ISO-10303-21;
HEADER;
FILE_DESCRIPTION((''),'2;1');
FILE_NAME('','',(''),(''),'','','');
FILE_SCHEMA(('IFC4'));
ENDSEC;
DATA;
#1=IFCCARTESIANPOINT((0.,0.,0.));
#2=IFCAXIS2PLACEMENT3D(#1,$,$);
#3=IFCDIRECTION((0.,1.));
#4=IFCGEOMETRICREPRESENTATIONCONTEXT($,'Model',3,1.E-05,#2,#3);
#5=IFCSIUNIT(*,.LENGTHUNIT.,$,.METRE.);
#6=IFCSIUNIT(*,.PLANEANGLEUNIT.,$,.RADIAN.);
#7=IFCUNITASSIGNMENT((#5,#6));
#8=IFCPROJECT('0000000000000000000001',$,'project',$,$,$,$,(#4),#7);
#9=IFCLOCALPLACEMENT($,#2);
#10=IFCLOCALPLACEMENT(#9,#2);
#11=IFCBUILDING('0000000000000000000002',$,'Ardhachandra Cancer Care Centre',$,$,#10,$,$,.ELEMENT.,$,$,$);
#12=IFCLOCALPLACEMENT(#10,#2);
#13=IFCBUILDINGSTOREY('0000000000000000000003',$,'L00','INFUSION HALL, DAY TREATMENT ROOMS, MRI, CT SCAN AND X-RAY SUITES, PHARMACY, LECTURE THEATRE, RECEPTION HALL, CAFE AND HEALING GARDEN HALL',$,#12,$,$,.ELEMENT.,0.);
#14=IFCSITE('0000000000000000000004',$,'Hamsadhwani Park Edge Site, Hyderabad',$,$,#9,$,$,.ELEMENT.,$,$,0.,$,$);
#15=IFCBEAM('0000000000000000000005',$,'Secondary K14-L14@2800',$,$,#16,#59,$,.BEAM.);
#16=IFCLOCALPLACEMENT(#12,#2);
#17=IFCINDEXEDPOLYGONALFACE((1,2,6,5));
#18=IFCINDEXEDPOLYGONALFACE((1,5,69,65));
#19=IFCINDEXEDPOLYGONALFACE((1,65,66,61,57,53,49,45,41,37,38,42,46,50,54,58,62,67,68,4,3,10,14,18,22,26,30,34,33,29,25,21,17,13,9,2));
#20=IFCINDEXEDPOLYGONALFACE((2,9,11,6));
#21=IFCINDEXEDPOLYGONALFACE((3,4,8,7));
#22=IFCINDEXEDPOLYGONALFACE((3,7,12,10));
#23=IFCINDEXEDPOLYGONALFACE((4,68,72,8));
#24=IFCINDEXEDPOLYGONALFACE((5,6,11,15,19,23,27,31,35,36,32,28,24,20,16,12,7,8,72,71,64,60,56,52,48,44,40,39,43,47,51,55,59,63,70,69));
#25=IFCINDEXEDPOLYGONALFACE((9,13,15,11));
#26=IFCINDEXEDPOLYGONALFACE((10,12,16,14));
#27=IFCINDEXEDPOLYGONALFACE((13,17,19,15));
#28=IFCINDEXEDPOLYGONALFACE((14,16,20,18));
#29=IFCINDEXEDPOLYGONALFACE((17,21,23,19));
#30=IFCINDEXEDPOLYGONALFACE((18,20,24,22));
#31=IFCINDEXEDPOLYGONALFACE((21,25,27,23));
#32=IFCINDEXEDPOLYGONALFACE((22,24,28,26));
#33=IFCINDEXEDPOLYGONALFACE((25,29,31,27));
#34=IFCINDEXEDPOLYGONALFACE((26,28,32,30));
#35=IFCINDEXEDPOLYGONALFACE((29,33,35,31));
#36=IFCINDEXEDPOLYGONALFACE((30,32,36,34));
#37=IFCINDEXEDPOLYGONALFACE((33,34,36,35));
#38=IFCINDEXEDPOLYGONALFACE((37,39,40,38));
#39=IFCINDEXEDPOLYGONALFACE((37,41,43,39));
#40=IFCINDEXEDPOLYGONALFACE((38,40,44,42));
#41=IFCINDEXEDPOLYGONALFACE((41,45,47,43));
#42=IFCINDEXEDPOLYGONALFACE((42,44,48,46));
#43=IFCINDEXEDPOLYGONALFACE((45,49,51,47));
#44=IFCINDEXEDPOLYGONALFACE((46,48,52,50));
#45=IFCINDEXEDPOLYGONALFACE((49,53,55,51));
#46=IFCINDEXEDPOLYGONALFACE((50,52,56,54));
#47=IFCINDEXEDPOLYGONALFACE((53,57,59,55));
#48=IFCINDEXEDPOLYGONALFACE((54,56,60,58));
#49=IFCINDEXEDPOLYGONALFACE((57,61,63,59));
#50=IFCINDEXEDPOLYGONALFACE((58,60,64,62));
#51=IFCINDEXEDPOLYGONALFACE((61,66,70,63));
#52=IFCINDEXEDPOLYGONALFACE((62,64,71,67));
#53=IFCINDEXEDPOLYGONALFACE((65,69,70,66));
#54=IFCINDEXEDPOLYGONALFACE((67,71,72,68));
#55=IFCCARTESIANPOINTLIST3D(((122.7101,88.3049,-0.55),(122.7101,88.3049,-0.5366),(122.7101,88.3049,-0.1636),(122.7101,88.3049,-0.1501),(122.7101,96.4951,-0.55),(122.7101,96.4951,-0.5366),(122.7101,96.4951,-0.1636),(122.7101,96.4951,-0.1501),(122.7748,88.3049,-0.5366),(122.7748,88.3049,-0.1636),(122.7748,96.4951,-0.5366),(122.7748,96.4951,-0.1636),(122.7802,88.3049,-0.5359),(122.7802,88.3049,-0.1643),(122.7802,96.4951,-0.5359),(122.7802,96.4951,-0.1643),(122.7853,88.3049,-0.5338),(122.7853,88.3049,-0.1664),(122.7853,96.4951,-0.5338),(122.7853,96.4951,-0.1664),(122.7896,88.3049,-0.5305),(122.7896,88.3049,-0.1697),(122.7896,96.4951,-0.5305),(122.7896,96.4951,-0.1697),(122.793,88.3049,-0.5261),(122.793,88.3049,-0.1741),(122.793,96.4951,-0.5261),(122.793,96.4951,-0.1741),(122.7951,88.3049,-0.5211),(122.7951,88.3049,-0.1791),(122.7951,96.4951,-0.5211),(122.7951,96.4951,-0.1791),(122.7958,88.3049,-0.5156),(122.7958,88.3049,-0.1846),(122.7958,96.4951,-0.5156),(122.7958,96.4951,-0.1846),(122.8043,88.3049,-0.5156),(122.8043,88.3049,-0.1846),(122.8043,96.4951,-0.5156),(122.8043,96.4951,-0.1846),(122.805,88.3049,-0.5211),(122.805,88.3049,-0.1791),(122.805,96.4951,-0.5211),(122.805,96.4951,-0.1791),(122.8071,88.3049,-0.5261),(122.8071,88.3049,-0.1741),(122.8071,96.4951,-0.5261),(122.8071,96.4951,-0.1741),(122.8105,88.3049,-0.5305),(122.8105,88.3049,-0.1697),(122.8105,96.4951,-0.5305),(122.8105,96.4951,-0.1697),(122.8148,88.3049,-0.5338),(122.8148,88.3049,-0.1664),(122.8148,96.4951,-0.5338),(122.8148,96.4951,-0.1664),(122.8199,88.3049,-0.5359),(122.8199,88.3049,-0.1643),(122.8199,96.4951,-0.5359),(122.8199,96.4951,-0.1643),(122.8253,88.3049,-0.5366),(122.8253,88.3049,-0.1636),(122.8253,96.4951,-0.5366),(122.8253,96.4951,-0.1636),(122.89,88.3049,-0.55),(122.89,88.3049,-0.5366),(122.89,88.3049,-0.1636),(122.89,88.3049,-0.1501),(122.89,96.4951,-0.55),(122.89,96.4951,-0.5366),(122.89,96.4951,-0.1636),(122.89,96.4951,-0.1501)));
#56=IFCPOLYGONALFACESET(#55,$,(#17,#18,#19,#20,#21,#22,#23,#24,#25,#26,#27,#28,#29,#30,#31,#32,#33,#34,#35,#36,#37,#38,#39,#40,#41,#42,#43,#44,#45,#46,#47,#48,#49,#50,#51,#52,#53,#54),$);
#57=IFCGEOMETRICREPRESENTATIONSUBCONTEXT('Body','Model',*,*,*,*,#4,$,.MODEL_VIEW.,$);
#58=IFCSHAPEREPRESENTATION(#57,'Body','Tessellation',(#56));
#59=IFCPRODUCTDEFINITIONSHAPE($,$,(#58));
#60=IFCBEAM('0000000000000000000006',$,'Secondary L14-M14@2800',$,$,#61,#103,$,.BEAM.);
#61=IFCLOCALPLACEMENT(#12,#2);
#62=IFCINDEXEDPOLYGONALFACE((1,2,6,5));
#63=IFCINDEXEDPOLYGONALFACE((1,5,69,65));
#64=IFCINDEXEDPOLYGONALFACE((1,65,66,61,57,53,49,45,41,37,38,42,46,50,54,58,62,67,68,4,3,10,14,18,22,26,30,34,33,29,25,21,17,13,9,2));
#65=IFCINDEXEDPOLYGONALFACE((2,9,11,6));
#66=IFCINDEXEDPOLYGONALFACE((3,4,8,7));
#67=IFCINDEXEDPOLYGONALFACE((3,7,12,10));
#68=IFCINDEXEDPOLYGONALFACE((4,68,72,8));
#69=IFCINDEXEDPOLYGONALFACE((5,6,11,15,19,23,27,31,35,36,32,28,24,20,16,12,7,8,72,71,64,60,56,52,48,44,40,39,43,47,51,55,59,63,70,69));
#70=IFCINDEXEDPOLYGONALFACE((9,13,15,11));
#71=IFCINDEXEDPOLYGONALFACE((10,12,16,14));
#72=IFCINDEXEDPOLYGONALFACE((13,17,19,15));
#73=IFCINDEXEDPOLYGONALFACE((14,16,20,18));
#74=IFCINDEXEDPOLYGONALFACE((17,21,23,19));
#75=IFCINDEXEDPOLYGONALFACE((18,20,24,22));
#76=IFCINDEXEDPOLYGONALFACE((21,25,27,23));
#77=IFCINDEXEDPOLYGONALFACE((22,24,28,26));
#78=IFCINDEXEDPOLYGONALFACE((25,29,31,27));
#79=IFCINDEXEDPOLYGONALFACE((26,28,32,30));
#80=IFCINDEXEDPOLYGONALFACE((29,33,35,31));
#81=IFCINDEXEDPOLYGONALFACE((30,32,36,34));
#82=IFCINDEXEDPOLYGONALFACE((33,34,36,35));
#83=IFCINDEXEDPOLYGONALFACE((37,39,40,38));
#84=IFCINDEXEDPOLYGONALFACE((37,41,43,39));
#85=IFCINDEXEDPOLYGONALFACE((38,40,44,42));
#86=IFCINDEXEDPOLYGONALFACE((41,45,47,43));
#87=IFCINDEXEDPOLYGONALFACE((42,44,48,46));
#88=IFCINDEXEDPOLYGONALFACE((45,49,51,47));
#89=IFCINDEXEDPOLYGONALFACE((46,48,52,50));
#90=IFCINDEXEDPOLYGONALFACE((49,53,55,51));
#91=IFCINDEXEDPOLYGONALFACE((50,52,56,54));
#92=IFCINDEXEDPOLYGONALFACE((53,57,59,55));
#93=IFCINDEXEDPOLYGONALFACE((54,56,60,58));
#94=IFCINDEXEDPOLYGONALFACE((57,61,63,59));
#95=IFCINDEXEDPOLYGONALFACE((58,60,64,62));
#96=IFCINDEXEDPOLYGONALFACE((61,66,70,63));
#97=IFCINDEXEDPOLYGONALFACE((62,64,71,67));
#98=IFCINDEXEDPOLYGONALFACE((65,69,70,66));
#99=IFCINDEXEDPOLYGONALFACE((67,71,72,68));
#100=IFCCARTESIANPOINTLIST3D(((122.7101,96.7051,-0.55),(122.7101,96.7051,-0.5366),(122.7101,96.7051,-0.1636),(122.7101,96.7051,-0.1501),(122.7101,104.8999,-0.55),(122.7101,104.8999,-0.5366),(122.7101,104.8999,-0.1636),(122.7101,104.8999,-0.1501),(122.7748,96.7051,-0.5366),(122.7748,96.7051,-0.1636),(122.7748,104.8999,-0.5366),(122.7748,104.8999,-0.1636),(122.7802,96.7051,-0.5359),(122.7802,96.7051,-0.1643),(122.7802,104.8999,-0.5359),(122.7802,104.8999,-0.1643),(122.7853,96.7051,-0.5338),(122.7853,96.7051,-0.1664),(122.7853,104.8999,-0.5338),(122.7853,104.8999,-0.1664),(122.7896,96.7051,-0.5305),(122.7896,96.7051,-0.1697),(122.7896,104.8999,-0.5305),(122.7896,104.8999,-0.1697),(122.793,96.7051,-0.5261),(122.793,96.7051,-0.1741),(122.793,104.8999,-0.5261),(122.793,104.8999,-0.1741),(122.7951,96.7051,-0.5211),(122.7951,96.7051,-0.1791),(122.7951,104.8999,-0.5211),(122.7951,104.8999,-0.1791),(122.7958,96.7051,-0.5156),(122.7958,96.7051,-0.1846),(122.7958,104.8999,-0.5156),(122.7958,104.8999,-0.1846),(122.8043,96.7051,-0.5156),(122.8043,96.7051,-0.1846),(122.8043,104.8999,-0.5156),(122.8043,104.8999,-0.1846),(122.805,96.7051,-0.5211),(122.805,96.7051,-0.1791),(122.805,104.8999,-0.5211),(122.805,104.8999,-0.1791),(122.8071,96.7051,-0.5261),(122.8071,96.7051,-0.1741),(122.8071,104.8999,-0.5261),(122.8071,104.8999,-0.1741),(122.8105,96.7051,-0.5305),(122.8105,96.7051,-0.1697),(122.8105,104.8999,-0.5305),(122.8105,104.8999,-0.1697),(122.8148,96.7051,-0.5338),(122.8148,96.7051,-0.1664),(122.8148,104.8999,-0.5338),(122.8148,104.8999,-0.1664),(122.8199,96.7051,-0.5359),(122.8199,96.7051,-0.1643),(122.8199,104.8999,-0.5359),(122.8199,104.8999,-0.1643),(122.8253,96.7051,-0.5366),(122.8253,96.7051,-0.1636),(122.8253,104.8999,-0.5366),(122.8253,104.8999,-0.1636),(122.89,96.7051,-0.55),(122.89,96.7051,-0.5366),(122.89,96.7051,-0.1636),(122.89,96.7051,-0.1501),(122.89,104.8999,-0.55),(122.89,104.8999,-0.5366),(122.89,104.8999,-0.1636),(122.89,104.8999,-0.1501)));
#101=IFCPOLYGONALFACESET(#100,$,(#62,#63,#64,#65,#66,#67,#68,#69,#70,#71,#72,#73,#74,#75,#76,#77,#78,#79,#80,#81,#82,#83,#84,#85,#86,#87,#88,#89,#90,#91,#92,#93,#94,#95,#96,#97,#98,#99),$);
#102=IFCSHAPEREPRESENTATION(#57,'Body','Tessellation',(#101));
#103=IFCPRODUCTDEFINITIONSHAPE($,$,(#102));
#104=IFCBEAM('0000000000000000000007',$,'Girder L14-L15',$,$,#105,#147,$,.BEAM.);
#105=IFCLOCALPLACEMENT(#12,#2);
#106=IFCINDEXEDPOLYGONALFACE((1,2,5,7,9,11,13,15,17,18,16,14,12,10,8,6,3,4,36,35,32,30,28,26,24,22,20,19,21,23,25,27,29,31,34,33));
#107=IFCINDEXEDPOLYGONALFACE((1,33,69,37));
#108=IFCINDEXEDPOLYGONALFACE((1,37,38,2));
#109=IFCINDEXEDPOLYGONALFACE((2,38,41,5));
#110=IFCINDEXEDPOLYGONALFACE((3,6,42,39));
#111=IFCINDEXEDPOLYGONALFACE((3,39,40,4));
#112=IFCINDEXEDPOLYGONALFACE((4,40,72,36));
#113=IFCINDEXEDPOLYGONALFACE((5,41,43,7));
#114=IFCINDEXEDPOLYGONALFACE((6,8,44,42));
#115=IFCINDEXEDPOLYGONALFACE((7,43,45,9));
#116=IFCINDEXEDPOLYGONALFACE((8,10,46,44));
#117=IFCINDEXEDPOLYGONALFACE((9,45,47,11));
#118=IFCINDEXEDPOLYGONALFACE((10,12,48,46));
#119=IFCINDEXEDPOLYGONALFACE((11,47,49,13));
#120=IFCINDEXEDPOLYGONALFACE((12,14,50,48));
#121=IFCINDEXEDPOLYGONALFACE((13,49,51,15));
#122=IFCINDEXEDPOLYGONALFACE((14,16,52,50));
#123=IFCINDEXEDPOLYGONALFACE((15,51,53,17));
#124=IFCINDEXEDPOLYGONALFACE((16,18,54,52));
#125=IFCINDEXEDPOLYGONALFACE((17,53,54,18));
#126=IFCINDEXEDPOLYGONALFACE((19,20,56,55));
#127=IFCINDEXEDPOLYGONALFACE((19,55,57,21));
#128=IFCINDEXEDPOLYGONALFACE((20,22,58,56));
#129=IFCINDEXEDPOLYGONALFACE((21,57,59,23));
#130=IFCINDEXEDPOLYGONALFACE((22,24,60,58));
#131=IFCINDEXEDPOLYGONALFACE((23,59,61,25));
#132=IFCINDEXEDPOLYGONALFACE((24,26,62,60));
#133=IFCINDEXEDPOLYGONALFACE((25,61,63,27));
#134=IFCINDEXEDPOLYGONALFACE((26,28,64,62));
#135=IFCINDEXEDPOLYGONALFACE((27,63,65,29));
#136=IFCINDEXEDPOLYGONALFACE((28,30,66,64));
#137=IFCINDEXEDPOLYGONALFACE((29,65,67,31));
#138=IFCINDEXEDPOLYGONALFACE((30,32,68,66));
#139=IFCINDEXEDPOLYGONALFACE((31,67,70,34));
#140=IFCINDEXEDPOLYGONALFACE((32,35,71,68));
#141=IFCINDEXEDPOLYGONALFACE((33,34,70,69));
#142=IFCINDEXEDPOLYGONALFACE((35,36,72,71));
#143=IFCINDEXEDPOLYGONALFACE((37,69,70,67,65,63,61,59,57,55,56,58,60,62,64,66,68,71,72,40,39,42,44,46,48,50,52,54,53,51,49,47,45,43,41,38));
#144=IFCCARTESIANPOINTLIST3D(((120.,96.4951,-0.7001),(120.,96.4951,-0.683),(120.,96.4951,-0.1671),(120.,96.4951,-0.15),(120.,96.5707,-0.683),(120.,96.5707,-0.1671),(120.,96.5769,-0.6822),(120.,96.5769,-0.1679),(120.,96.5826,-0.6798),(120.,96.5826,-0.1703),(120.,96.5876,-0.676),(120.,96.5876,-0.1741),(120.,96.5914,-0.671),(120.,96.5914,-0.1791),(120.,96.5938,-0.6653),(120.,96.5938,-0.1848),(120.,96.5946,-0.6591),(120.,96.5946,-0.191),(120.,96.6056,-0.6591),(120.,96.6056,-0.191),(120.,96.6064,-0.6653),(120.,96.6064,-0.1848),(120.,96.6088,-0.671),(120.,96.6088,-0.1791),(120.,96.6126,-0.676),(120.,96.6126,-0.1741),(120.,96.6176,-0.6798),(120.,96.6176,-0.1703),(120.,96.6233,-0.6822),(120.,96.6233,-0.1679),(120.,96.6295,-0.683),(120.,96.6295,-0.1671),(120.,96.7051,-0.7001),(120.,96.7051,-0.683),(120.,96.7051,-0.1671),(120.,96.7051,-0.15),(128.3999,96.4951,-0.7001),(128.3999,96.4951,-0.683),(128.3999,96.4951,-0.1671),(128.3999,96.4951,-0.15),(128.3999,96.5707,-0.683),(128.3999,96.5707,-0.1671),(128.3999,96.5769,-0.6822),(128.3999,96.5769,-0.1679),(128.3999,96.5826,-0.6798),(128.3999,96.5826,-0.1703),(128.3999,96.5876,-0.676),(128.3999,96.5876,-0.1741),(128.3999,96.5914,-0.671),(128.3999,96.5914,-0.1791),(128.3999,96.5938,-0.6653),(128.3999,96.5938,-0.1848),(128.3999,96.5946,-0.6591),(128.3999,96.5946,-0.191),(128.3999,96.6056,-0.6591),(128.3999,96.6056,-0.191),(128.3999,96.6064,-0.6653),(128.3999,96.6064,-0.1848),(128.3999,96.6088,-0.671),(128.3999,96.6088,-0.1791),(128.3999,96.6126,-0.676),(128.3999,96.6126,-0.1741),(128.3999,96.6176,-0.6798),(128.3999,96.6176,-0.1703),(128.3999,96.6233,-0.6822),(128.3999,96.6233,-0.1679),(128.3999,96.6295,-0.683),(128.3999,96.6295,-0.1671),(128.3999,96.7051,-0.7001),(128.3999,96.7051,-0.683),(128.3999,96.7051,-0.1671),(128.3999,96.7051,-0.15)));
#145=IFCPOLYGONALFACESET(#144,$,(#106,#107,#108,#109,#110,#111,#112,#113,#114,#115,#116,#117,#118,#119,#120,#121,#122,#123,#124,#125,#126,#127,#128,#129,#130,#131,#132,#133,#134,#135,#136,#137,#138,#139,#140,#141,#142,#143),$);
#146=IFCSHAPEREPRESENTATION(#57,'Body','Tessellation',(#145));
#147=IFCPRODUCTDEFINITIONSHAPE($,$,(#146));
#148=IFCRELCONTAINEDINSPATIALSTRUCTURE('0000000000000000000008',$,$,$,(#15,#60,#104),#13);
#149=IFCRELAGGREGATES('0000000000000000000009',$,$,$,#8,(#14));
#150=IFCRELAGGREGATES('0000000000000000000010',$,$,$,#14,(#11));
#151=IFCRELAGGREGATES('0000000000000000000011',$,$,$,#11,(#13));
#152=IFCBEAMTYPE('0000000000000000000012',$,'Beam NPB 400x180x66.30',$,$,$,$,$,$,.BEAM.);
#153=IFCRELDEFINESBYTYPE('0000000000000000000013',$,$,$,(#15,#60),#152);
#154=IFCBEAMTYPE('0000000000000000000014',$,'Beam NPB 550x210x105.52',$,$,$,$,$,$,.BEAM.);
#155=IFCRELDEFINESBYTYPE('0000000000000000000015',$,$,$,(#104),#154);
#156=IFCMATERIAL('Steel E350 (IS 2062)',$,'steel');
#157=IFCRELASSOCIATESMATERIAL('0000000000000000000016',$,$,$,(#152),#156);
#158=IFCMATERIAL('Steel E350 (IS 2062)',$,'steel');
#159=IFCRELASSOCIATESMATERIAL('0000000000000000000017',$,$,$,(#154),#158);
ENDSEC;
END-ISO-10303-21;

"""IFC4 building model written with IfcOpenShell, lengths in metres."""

from ifc_helpers import new_model, si_unit, direction, frame, origin, origin_2d, place, context, subcontext, project, spatial, i_section, extrude, material, material_profile, profile_set, type_object, element, save


model = new_model("IFC4")

# Units and contexts
model_context = context("Model", 3, precision=1e-05, world=origin(), true_north=direction((0.0, 1.0)))
body_context = subcontext(model_context, "Body", "Model", "MODEL_VIEW")
ifc_project = project(units=[si_unit("LENGTHUNIT", "METRE"), si_unit("PLANEANGLEUNIT", "RADIAN")], contexts=[model_context])

# Site, building, storey
site_placement = place(None, origin())
site = spatial("IfcSite", under=ifc_project, at=site_placement, Name="Hamsadhwani Park Edge Site, Hyderabad", CompositionType="ELEMENT", RefElevation=0.0)
building_placement = place(site_placement, origin())
building = spatial("IfcBuilding", under=site, at=building_placement, Name="Ardhachandra Cancer Care Centre", CompositionType="ELEMENT")
storey_placement = place(building_placement, origin())
storey = spatial("IfcBuildingStorey", under=building, at=storey_placement, Name="L00", Description="INFUSION HALL, DAY TREATMENT ROOMS, MRI, CT SCAN AND X-RAY SUITES, PHARMACY, LECTURE THEATRE, RECEPTION HALL, CAFE AND HEALING GARDEN HALL", CompositionType="ELEMENT", Elevation=0.0)

# Beams
ifc_material_1 = material(Name="Steel E350 (IS 2062)", Category="steel")
ifc_material_profile_1 = material_profile(ifc_material_1, i_section(OverallWidth=0.1799, OverallDepth=0.3999, WebThickness=0.0085, FlangeThickness=0.0134, FilletRadius=0.021, at=origin_2d()), Name="NPB 400x180x66.30")
ifc_profile_set_1 = profile_set([ifc_material_profile_1], Name="Steel E350 (IS 2062)")
beam_type_1 = type_object("IfcBeamType", Name="Beam NPB 400x180x66.30", PredefinedType="BEAM", material=ifc_profile_set_1)
beam_1_placement = place(storey_placement, frame((122.8, 88.3049, -0.3501), z_axis=(0.0, 1.0, 0.0), x_axis=(-1.0, 0.0, 0.0)))
element("IfcBeam", 1, at=beam_1_placement, inside=storey, type_object=beam_type_1, Name="Secondary K14-L14@2800", PredefinedType="BEAM", context=body_context, shape_type="SweptSolid", body=[
    extrude(i_section(OverallWidth=0.1799, OverallDepth=0.3999, WebThickness=0.0085, FlangeThickness=0.0134, FilletRadius=0.021, at=origin_2d()), origin(), (0.0, 0.0, 1.0), 8.1902),
])
beam_2_placement = place(storey_placement, frame((122.8, 96.7051, -0.3501), z_axis=(0.0, 1.0, 0.0), x_axis=(-1.0, 0.0, 0.0)))
element("IfcBeam", 2, at=beam_2_placement, inside=storey, type_object=beam_type_1, Name="Secondary L14-M14@2800", PredefinedType="BEAM", context=body_context, shape_type="SweptSolid", body=[
    extrude(i_section(OverallWidth=0.1799, OverallDepth=0.3999, WebThickness=0.0085, FlangeThickness=0.0134, FilletRadius=0.021, at=origin_2d()), origin(), (0.0, 0.0, 1.0), 8.1948),
])
ifc_material_2 = material(Name="Steel E350 (IS 2062)", Category="steel")
ifc_material_profile_2 = material_profile(ifc_material_2, i_section(OverallWidth=0.21, OverallDepth=0.55, WebThickness=0.011, FlangeThickness=0.0171, FilletRadius=0.0239, at=origin_2d()), Name="NPB 550x210x105.52")
ifc_profile_set_2 = profile_set([ifc_material_profile_2], Name="Steel E350 (IS 2062)")
beam_type_2 = type_object("IfcBeamType", Name="Beam NPB 550x210x105.52", PredefinedType="BEAM", material=ifc_profile_set_2)
beam_3_placement = place(storey_placement, frame((120.0, 96.6001, -0.425), z_axis=(1.0, 0.0, 0.0), x_axis=(0.0, 1.0, 0.0)))
element("IfcBeam", 3, at=beam_3_placement, inside=storey, type_object=beam_type_2, Name="Girder L14-L15", PredefinedType="BEAM", context=body_context, shape_type="SweptSolid", body=[
    extrude(i_section(OverallWidth=0.21, OverallDepth=0.55, WebThickness=0.011, FlangeThickness=0.0171, FilletRadius=0.0239, at=origin_2d()), origin(), (0.0, 0.0, 1.0), 8.3999),
])

save(model, "model.ifc")
